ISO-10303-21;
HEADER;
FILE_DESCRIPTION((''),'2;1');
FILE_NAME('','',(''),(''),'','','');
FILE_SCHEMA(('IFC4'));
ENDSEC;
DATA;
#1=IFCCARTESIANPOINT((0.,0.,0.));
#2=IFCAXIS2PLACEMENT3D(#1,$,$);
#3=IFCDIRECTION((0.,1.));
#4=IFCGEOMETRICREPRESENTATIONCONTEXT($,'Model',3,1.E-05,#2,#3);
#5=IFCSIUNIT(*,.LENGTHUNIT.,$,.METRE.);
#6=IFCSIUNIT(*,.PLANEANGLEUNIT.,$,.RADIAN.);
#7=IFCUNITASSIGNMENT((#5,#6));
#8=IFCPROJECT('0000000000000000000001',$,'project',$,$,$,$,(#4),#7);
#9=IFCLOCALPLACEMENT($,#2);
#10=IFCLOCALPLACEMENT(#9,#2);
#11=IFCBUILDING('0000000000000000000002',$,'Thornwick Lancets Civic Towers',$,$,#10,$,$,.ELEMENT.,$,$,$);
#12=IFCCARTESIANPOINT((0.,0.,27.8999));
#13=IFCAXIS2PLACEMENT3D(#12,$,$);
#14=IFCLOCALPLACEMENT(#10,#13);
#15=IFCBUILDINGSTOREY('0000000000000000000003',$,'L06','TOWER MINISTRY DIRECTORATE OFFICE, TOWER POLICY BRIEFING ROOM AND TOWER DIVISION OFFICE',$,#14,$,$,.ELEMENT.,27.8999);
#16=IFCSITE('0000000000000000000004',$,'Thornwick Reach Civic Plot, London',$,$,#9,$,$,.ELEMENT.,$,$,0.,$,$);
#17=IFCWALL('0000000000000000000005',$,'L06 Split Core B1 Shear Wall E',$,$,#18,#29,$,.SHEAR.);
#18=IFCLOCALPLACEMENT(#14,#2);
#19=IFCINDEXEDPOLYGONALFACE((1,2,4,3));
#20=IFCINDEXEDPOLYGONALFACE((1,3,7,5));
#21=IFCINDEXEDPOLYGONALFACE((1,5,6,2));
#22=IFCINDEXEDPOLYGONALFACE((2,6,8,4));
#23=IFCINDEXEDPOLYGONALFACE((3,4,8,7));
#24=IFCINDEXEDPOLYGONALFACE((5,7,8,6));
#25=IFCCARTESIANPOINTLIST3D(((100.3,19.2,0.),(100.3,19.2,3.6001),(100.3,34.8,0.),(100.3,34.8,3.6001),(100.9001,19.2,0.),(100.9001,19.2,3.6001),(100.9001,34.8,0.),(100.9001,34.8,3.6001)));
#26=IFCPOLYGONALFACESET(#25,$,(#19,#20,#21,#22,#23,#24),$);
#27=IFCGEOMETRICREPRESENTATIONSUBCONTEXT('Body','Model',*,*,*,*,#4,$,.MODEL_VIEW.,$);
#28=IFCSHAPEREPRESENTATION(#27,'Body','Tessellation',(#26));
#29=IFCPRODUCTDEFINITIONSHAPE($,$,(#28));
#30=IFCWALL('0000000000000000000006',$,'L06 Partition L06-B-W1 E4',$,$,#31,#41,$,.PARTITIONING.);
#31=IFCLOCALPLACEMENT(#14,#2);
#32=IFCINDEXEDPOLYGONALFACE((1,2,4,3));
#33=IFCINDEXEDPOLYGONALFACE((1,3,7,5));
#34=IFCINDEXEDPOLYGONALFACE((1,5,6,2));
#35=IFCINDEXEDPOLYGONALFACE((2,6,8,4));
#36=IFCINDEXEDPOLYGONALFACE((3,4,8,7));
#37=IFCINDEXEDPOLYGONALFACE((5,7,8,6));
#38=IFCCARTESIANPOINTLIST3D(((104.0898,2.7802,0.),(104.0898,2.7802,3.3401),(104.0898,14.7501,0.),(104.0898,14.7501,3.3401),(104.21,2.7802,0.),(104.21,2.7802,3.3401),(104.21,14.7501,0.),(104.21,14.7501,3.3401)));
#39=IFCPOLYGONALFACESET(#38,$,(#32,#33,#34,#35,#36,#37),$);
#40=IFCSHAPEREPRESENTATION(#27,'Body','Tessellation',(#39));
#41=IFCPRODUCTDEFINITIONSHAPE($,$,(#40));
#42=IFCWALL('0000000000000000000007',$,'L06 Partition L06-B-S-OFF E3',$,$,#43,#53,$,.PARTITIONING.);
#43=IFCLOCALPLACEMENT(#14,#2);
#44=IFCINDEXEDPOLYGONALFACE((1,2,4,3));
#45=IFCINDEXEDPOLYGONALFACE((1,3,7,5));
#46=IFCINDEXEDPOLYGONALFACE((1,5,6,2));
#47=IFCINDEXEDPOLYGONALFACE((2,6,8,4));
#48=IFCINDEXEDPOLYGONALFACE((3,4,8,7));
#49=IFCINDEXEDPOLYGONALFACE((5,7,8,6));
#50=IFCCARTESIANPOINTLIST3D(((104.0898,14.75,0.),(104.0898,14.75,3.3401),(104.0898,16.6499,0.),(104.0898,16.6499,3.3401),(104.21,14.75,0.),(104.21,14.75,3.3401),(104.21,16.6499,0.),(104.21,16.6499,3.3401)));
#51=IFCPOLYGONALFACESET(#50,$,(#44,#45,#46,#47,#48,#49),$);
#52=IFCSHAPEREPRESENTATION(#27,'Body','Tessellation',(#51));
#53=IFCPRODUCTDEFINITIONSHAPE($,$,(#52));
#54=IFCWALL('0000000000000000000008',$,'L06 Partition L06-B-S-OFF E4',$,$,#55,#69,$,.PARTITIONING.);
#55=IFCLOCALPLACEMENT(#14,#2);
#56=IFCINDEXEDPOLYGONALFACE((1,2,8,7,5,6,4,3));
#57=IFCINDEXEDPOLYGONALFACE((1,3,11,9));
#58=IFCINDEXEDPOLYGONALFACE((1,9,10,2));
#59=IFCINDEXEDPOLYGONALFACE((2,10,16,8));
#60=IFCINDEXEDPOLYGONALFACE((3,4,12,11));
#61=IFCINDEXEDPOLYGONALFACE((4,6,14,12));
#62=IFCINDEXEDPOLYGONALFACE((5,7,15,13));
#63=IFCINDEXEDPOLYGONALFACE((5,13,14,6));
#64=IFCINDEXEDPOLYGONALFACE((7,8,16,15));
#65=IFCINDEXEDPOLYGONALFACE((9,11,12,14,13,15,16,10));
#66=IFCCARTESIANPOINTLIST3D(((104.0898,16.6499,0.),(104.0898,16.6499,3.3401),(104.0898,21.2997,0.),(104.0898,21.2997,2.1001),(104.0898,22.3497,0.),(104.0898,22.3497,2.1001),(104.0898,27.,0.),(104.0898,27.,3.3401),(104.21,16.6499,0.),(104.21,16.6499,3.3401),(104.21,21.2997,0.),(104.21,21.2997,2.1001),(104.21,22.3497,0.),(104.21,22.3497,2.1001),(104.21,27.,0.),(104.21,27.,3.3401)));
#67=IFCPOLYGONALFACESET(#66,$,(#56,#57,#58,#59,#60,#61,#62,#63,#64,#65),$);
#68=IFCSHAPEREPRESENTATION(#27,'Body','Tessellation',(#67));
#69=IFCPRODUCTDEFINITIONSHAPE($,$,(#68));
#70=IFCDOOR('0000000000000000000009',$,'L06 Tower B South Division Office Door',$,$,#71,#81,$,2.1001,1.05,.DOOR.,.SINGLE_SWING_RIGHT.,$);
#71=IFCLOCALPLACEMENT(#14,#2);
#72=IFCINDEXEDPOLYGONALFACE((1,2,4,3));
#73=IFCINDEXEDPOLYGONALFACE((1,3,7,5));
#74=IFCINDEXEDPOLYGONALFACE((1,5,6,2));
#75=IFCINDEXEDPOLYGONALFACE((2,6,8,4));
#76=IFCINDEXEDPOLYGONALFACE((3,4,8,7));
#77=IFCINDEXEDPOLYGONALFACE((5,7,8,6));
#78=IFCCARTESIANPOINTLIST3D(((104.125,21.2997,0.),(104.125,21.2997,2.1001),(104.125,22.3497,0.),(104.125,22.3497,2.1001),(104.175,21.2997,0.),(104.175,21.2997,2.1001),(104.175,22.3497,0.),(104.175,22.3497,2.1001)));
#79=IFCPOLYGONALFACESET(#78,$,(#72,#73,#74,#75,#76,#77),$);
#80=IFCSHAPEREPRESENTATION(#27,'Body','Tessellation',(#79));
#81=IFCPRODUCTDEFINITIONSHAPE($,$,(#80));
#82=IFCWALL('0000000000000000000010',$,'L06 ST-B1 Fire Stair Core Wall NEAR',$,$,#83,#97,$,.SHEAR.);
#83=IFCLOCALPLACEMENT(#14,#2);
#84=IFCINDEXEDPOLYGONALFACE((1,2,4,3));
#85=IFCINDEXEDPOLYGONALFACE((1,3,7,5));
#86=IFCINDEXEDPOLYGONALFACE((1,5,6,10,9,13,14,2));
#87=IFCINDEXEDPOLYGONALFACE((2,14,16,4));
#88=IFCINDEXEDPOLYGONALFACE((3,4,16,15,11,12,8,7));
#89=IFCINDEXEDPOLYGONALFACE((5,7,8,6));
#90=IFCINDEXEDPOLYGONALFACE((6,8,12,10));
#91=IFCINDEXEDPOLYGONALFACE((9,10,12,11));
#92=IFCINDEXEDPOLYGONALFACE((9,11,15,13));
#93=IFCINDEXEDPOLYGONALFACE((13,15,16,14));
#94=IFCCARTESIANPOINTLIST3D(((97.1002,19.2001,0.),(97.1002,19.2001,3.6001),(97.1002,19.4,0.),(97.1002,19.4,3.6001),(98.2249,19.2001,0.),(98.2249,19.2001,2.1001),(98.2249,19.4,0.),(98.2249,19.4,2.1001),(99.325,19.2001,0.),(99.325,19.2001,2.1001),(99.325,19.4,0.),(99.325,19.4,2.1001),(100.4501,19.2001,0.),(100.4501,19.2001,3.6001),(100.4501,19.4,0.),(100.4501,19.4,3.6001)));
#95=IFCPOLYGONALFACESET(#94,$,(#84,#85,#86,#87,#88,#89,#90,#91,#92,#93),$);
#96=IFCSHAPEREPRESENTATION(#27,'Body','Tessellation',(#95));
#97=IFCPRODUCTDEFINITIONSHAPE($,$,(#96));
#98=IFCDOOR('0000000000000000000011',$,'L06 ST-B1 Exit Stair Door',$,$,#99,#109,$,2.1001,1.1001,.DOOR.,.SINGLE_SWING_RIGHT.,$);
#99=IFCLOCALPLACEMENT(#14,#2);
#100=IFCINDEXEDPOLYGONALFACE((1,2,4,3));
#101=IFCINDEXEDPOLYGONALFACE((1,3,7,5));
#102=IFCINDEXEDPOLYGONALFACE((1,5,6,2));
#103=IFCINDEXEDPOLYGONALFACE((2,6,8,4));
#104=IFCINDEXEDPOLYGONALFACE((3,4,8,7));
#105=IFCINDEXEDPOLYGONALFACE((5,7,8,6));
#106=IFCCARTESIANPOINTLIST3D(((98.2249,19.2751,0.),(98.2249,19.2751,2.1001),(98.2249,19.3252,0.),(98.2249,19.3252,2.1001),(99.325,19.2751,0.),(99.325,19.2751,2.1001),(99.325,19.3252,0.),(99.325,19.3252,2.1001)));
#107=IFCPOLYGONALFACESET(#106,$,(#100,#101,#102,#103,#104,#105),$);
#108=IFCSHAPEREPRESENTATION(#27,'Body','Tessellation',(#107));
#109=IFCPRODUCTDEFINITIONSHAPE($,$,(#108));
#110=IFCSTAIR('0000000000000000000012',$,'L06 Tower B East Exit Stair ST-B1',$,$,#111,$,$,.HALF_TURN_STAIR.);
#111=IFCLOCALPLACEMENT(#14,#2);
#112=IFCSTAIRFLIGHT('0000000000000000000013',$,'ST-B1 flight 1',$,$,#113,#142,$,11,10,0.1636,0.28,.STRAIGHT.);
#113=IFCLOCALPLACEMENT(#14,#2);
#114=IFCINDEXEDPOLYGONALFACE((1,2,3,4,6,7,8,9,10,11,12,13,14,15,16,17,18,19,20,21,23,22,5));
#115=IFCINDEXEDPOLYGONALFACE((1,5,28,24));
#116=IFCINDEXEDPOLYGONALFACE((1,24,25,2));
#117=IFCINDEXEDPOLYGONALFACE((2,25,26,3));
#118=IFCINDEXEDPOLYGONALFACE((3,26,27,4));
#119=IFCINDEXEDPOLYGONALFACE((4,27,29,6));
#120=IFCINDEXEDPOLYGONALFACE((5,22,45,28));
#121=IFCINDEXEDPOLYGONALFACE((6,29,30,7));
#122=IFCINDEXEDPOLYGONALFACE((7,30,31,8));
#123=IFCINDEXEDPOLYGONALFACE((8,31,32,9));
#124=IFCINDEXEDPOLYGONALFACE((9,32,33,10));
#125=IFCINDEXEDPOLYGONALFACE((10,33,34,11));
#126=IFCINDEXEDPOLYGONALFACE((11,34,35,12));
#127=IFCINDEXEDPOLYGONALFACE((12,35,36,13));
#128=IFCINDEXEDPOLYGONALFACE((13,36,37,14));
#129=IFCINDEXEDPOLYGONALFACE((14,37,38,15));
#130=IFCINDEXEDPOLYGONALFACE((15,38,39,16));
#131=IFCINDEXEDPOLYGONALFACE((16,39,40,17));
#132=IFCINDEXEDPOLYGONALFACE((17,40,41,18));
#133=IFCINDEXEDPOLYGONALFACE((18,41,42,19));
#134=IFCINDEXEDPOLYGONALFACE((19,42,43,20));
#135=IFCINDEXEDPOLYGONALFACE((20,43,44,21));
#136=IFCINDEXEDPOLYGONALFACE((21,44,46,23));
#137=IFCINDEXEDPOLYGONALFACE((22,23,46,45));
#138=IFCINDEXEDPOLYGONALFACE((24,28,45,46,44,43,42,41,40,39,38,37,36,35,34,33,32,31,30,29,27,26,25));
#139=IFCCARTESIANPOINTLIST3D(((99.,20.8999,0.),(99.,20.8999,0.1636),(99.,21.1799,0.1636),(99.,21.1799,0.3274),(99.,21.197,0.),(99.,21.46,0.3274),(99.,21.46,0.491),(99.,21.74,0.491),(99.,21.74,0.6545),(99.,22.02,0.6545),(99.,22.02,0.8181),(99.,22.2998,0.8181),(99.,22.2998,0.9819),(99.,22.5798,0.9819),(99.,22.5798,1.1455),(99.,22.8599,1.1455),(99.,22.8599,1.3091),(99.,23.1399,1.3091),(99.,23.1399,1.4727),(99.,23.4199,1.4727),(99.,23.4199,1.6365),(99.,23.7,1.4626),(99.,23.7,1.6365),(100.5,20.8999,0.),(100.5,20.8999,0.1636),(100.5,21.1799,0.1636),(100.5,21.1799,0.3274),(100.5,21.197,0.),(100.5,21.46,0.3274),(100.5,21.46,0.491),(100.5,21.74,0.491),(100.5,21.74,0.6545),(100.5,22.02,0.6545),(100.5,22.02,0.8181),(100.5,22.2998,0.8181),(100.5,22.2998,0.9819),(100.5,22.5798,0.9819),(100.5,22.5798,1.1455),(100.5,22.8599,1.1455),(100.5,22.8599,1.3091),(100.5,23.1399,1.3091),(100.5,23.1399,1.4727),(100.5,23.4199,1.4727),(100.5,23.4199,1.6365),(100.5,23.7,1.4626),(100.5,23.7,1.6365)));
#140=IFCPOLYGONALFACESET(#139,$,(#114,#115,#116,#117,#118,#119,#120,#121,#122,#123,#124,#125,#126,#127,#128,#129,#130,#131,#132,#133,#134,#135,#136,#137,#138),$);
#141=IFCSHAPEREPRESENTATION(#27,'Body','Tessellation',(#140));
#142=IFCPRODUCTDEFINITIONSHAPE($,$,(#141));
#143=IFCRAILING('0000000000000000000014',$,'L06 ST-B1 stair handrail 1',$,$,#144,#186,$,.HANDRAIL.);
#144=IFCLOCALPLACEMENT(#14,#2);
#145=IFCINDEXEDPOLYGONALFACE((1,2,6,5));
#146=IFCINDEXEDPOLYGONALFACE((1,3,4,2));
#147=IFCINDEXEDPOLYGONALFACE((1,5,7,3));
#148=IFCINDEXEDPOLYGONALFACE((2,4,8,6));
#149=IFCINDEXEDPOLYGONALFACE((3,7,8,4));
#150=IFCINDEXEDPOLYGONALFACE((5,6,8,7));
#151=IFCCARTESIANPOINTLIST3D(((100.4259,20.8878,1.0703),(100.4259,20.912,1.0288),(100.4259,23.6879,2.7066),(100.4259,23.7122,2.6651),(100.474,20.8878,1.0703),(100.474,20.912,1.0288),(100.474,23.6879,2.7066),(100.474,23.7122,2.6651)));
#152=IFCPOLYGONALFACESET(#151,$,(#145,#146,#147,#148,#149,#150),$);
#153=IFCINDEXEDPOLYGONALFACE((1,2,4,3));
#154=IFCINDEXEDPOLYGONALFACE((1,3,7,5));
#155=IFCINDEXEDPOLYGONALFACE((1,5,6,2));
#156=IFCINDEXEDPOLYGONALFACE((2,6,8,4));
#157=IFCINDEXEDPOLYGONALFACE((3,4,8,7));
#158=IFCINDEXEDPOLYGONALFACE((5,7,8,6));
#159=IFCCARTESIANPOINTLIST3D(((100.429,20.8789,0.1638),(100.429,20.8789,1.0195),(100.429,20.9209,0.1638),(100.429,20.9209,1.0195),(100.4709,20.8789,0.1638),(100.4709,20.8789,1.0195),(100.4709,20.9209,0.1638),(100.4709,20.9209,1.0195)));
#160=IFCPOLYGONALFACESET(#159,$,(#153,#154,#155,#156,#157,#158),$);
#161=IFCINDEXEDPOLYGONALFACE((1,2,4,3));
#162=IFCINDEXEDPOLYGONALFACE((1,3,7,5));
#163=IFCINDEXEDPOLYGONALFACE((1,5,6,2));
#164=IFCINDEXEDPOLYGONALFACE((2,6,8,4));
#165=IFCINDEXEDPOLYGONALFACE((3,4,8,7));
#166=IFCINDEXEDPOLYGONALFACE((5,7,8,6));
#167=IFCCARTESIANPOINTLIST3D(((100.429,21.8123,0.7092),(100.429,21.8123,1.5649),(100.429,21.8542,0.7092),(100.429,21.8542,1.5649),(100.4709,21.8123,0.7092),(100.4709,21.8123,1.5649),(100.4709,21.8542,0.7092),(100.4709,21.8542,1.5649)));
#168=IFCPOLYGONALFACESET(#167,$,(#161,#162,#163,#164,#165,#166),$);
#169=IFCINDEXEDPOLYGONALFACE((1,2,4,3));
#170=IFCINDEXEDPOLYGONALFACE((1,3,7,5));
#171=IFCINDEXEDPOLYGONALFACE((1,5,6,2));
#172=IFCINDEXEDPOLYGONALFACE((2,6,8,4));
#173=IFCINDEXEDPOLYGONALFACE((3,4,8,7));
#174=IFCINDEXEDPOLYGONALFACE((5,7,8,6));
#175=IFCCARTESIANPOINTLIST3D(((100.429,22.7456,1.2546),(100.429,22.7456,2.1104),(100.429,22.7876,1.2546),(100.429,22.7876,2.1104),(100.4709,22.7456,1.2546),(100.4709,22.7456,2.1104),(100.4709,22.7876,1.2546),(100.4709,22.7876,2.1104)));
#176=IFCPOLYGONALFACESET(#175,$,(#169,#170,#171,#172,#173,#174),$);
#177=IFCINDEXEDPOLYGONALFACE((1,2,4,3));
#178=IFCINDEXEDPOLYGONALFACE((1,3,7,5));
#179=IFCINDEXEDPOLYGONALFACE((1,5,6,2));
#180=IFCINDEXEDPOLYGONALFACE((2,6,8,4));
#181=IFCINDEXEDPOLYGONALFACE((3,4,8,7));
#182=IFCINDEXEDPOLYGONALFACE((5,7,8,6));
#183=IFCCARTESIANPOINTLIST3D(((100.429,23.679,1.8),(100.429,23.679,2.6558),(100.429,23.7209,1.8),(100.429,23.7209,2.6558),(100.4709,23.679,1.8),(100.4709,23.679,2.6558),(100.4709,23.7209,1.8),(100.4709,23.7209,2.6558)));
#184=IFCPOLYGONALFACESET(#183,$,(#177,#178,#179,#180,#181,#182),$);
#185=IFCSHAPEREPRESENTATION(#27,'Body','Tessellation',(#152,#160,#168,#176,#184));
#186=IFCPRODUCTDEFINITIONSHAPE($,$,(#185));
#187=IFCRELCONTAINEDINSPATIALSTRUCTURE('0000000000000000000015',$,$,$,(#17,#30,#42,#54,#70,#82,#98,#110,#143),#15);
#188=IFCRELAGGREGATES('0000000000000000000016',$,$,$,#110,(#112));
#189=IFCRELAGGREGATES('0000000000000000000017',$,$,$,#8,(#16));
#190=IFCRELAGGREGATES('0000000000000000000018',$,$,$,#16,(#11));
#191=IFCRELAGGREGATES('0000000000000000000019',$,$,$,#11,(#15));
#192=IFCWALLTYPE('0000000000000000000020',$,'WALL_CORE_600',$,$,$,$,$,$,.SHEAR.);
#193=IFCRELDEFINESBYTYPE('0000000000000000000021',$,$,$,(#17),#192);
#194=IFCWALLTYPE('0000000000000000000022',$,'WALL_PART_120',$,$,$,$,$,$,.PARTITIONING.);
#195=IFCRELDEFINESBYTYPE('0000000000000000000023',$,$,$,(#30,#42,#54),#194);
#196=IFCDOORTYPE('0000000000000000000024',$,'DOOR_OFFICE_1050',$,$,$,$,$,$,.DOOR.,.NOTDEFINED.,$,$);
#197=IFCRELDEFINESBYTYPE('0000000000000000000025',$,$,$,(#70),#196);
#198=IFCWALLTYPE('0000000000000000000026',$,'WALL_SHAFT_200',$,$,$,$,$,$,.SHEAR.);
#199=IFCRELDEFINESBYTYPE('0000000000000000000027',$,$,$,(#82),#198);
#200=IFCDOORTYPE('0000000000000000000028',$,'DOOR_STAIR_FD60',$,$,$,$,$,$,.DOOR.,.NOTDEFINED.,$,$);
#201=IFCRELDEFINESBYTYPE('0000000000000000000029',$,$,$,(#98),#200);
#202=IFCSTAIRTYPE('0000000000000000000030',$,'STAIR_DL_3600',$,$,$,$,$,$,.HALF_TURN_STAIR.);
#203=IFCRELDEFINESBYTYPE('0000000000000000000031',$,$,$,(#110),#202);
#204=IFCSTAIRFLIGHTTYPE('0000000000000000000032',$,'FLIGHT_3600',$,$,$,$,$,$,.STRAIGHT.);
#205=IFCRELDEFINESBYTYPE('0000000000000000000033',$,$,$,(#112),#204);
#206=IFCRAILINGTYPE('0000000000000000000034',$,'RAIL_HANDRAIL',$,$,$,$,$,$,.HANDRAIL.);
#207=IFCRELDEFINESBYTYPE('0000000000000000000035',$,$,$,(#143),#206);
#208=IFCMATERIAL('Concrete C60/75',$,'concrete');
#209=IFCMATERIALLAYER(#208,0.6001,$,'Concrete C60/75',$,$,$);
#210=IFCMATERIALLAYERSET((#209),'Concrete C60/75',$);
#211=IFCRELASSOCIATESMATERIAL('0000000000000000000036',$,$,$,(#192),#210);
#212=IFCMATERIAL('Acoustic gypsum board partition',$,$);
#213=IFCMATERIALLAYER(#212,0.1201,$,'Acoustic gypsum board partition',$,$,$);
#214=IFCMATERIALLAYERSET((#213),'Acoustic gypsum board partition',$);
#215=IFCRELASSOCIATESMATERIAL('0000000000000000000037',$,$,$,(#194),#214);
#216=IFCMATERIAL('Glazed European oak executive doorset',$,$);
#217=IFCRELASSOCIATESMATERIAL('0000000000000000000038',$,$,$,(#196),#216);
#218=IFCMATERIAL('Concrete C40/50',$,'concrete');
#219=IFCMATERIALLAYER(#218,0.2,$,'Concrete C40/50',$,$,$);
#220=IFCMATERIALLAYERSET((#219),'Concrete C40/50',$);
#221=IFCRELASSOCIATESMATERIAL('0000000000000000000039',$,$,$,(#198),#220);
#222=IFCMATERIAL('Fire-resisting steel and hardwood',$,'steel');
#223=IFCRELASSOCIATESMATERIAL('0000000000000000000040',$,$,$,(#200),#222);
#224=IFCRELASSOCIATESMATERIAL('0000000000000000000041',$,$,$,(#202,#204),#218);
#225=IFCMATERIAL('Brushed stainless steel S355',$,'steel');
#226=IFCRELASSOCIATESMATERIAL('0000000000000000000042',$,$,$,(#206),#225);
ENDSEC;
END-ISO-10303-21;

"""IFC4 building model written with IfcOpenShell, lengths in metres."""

from ifc_helpers import new_model, si_unit, direction, frame, frame_2d, origin, origin_2d, place, context, subcontext, project, spatial, polyline, rectangle, outline, extrude, material, layer, layer_set, type_object, element, fill, aggregate, save


model = new_model("IFC4")

# Units and contexts
model_context = context("Model", 3, precision=1e-05, world=origin(), true_north=direction((0.0, 1.0)))
body_context = subcontext(model_context, "Body", "Model", "MODEL_VIEW")
ifc_project = project(units=[si_unit("LENGTHUNIT", "METRE"), si_unit("PLANEANGLEUNIT", "RADIAN")], contexts=[model_context])

# Site, building, storey
site_placement = place(None, origin())
site = spatial("IfcSite", under=ifc_project, at=site_placement, Name="Thornwick Reach Civic Plot, London", CompositionType="ELEMENT", RefElevation=0.0)
building_placement = place(site_placement, origin())
building = spatial("IfcBuilding", under=site, at=building_placement, Name="Thornwick Lancets Civic Towers", CompositionType="ELEMENT")
storey_placement = place(building_placement, frame((0.0, 0.0, 27.8999)))
storey = spatial("IfcBuildingStorey", under=building, at=storey_placement, Name="L06", Description="TOWER MINISTRY DIRECTORATE OFFICE, TOWER POLICY BRIEFING ROOM AND TOWER DIVISION OFFICE", CompositionType="ELEMENT", Elevation=27.8999)

# Shared definitions
ifc_material_1 = material(Name="Concrete C60/75", Category="concrete")

# Shared definitions
ifc_material_2 = material(Name="Concrete C40/50", Category="concrete")

# Walls
ifc_layer_1 = layer(ifc_material_1, 0.6001, Name="Concrete C60/75")
ifc_layer_set_1 = layer_set([ifc_layer_1], Name="Concrete C60/75")
wall_type_1 = type_object("IfcWallType", Name="WALL_CORE_600", PredefinedType="SHEAR", material=ifc_layer_set_1)
wall_1_placement = place(storey_placement, frame((100.6001, 19.2, 0.0), z_axis=(0.0, 0.0, 1.0), x_axis=(0.0, 1.0, 0.0)))
element("IfcWall", 1, at=wall_1_placement, inside=storey, type_object=wall_type_1, Name="L06 Split Core B1 Shear Wall E", PredefinedType="SHEAR", context=body_context, shape_type="SweptSolid", body=[
    extrude(rectangle(XDim=15.6001, YDim=0.6001, at=frame_2d((7.8, 0.0))), origin(), (0.0, 0.0, 1.0), 3.6001),
])
ifc_material_3 = material(Name="Acoustic gypsum board partition")
ifc_layer_2 = layer(ifc_material_3, 0.1201, Name="Acoustic gypsum board partition")
ifc_layer_set_2 = layer_set([ifc_layer_2], Name="Acoustic gypsum board partition")
wall_type_2 = type_object("IfcWallType", Name="WALL_PART_120", PredefinedType="PARTITIONING", material=ifc_layer_set_2)
wall_2_placement = place(storey_placement, frame((104.1499, 14.75, 0.0), z_axis=(0.0, 0.0, 1.0), x_axis=(0.0, -1.0, 0.0)))
element("IfcWall", 2, at=wall_2_placement, inside=storey, type_object=wall_type_2, Name="L06 Partition L06-B-W1 E4", PredefinedType="PARTITIONING", context=body_context, shape_type="SweptSolid", body=[
    extrude(rectangle(XDim=11.97, YDim=0.1201, at=frame_2d((5.9849, 0.0))), origin(), (0.0, 0.0, 1.0), 3.3401),
])
wall_3_placement = place(storey_placement, frame((104.1499, 14.75, 0.0), z_axis=(0.0, 0.0, 1.0), x_axis=(0.0, 1.0, 0.0)))
element("IfcWall", 3, at=wall_3_placement, inside=storey, type_object=wall_type_2, Name="L06 Partition L06-B-S-OFF E3", PredefinedType="PARTITIONING", context=body_context, shape_type="SweptSolid", body=[
    extrude(rectangle(XDim=1.8999, YDim=0.1201, at=frame_2d((0.95, 0.0))), origin(), (0.0, 0.0, 1.0), 3.3401),
])

# Walls, openings, doors
wall_4_placement = place(storey_placement, frame((104.1499, 16.6499, 0.0), z_axis=(0.0, 0.0, 1.0), x_axis=(0.0, 1.0, 0.0)))
wall_4 = element("IfcWall", 4, at=wall_4_placement, inside=storey, type_object=wall_type_2, Name="L06 Partition L06-B-S-OFF E4", PredefinedType="PARTITIONING", context=body_context, shape_type="SweptSolid", body=[
    extrude(rectangle(XDim=10.3501, YDim=0.1201, at=frame_2d((5.175, 0.0))), origin(), (0.0, 0.0, 1.0), 3.3401),
])
opening_1_placement = place(wall_4_placement, frame((4.6499, 0.0, 0.0)))
opening_1 = element("IfcOpeningElement", 5, at=opening_1_placement, cuts=wall_4, PredefinedType="OPENING", context=body_context, shape_type="SweptSolid", body=[
    extrude(rectangle(XDim=1.05, YDim=2.1001, at=frame_2d((0.5249, 1.05))), frame((0.0, 0.0701, 0.0), z_axis=(0.0, -1.0, 0.0), x_axis=(1.0, 0.0, 0.0)), (0.0, 0.0, 1.0), 0.1401),
])
ifc_material_4 = material(Name="Glazed European oak executive doorset")
door_type_1 = type_object("IfcDoorType", Name="DOOR_OFFICE_1050", OperationType="NOTDEFINED", PredefinedType="DOOR", material=ifc_material_4)
door_1_placement = place(opening_1_placement, origin())
door_1 = element("IfcDoor", 6, at=door_1_placement, inside=storey, type_object=door_type_1, Name="L06 Tower B South Division Office Door", OperationType="SINGLE_SWING_RIGHT", OverallHeight=2.1001, OverallWidth=1.05, PredefinedType="DOOR", context=body_context, shape_type="SweptSolid", body=[
    extrude(rectangle(XDim=1.05, YDim=2.1001, at=frame_2d((0.5249, 1.05))), frame((0.0, 0.0249, 0.0), z_axis=(0.0, -1.0, 0.0), x_axis=(1.0, 0.0, 0.0)), (0.0, 0.0, 1.0), 0.05),
])
fill(opening_1, door_1)
ifc_layer_3 = layer(ifc_material_2, 0.2, Name="Concrete C40/50")
ifc_layer_set_3 = layer_set([ifc_layer_3], Name="Concrete C40/50")
wall_type_3 = type_object("IfcWallType", Name="WALL_SHAFT_200", PredefinedType="SHEAR", material=ifc_layer_set_3)
wall_5_placement = place(storey_placement, frame((100.45, 19.3, 0.0), z_axis=(0.0, 0.0, 1.0), x_axis=(-1.0, 0.0, 0.0)))
wall_5 = element("IfcWall", 7, at=wall_5_placement, inside=storey, type_object=wall_type_3, Name="L06 ST-B1 Fire Stair Core Wall NEAR", PredefinedType="SHEAR", context=body_context, shape_type="SweptSolid", body=[
    extrude(rectangle(XDim=3.3499, YDim=0.2, at=frame_2d((1.6748, 0.0))), origin(), (0.0, 0.0, 1.0), 3.6001),
])
opening_2_placement = place(wall_5_placement, frame((1.125, 0.0, 0.0)))
opening_2 = element("IfcOpeningElement", 8, at=opening_2_placement, cuts=wall_5, PredefinedType="OPENING", context=body_context, shape_type="SweptSolid", body=[
    extrude(rectangle(XDim=1.1001, YDim=2.1001, at=frame_2d((0.55, 1.05))), frame((0.0, 0.1099, 0.0), z_axis=(0.0, -1.0, 0.0), x_axis=(1.0, 0.0, 0.0)), (0.0, 0.0, 1.0), 0.22),
])
ifc_material_5 = material(Name="Fire-resisting steel and hardwood", Category="steel")
door_type_2 = type_object("IfcDoorType", Name="DOOR_STAIR_FD60", OperationType="NOTDEFINED", PredefinedType="DOOR", material=ifc_material_5)
door_2_placement = place(opening_2_placement, origin())
door_2 = element("IfcDoor", 9, at=door_2_placement, inside=storey, type_object=door_type_2, Name="L06 ST-B1 Exit Stair Door", OperationType="SINGLE_SWING_RIGHT", OverallHeight=2.1001, OverallWidth=1.1001, PredefinedType="DOOR", context=body_context, shape_type="SweptSolid", body=[
    extrude(rectangle(XDim=1.1001, YDim=2.1001, at=frame_2d((0.55, 1.05))), frame((0.0, 0.0249, 0.0), z_axis=(0.0, -1.0, 0.0), x_axis=(1.0, 0.0, 0.0)), (0.0, 0.0, 1.0), 0.05),
])
fill(opening_2, door_2)

# Stair, stair flight
stair_type = type_object("IfcStairType", Name="STAIR_DL_3600", PredefinedType="HALF_TURN_STAIR", material=ifc_material_2)
stair_placement = place(storey_placement, origin())
stair = element("IfcStair", 10, at=stair_placement, inside=storey, type_object=stair_type, Name="L06 Tower B East Exit Stair ST-B1", PredefinedType="HALF_TURN_STAIR")
stair_flight_type = type_object("IfcStairFlightType", Name="FLIGHT_3600", PredefinedType="STRAIGHT", material=ifc_material_2)
stair_flight_placement = place(storey_placement, frame((99.75, 20.8999, 0.0), z_axis=(0.0, 0.0, 1.0), x_axis=(0.0, 1.0, 0.0)))
stair_flight = element("IfcStairFlight", 11, at=stair_flight_placement, type_object=stair_flight_type, Name="ST-B1 flight 1", NumberOfRisers=11, NumberOfTreads=10, PredefinedType="STRAIGHT", RiserHeight=0.1636, TreadLength=0.28, context=body_context, shape_type="SweptSolid", body=[
    extrude(outline(polyline([(0.0, 0.0), (0.0, 0.1636), (0.28, 0.1636), (0.28, 0.3274), (0.5601, 0.3274), (0.5601, 0.491), (0.8401, 0.491), (0.8401, 0.6545), (1.1201, 0.6545), (1.1201, 0.8181), (1.3999, 0.8181), (1.3999, 0.9819), (1.6799, 0.9819), (1.6799, 1.1455), (1.96, 1.1455), (1.96, 1.3091), (2.24, 1.3091), (2.24, 1.4727), (2.52, 1.4727), (2.52, 1.6365), (2.8, 1.6365), (2.8, 1.8), (2.8, 1.4626), (0.2971, 0.0), (0.0, 0.0)])), frame((0.0, 0.75, 0.0), z_axis=(0.0, -1.0, 0.0), x_axis=(1.0, 0.0, 0.0)), (0.0, 0.0, 1.0), 1.5),
])
aggregate(stair, [stair_flight])

# Railing
ifc_material_6 = material(Name="Brushed stainless steel S355", Category="steel")
railing_type_1 = type_object("IfcRailingType", Name="RAIL_HANDRAIL", PredefinedType="HANDRAIL", material=ifc_material_6)
railing_1_placement = place(storey_placement, frame((100.45, 20.8999, 0.1638)))
element("IfcRailing", 12, at=railing_1_placement, inside=storey, type_object=railing_type_1, Name="L06 ST-B1 stair handrail 1", PredefinedType="HANDRAIL", context=body_context, shape_type="SweptSolid", body=[
    extrude(rectangle(XDim=0.0481, YDim=0.0481, at=origin_2d()), frame((0.0, 0.0, 0.8857), z_axis=(0.0, 0.863394, 0.504531), x_axis=(-1.0, 0.0, 0.0)), (0.0, 0.0, 1.0), 3.2432),
    extrude(rectangle(XDim=0.042, YDim=0.042, at=origin_2d()), origin(), (0.0, 0.0, 1.0), 0.8557),
    extrude(rectangle(XDim=0.042, YDim=0.042, at=origin_2d()), frame((0.0, 0.9333, 0.5454)), (0.0, 0.0, 1.0), 0.8557),
    extrude(rectangle(XDim=0.042, YDim=0.042, at=origin_2d()), frame((0.0, 1.8667, 1.0908)), (0.0, 0.0, 1.0), 0.8557),
    extrude(rectangle(XDim=0.042, YDim=0.042, at=origin_2d()), frame((0.0, 2.8, 1.6362)), (0.0, 0.0, 1.0), 0.8557),
])

save(model, "model.ifc")
